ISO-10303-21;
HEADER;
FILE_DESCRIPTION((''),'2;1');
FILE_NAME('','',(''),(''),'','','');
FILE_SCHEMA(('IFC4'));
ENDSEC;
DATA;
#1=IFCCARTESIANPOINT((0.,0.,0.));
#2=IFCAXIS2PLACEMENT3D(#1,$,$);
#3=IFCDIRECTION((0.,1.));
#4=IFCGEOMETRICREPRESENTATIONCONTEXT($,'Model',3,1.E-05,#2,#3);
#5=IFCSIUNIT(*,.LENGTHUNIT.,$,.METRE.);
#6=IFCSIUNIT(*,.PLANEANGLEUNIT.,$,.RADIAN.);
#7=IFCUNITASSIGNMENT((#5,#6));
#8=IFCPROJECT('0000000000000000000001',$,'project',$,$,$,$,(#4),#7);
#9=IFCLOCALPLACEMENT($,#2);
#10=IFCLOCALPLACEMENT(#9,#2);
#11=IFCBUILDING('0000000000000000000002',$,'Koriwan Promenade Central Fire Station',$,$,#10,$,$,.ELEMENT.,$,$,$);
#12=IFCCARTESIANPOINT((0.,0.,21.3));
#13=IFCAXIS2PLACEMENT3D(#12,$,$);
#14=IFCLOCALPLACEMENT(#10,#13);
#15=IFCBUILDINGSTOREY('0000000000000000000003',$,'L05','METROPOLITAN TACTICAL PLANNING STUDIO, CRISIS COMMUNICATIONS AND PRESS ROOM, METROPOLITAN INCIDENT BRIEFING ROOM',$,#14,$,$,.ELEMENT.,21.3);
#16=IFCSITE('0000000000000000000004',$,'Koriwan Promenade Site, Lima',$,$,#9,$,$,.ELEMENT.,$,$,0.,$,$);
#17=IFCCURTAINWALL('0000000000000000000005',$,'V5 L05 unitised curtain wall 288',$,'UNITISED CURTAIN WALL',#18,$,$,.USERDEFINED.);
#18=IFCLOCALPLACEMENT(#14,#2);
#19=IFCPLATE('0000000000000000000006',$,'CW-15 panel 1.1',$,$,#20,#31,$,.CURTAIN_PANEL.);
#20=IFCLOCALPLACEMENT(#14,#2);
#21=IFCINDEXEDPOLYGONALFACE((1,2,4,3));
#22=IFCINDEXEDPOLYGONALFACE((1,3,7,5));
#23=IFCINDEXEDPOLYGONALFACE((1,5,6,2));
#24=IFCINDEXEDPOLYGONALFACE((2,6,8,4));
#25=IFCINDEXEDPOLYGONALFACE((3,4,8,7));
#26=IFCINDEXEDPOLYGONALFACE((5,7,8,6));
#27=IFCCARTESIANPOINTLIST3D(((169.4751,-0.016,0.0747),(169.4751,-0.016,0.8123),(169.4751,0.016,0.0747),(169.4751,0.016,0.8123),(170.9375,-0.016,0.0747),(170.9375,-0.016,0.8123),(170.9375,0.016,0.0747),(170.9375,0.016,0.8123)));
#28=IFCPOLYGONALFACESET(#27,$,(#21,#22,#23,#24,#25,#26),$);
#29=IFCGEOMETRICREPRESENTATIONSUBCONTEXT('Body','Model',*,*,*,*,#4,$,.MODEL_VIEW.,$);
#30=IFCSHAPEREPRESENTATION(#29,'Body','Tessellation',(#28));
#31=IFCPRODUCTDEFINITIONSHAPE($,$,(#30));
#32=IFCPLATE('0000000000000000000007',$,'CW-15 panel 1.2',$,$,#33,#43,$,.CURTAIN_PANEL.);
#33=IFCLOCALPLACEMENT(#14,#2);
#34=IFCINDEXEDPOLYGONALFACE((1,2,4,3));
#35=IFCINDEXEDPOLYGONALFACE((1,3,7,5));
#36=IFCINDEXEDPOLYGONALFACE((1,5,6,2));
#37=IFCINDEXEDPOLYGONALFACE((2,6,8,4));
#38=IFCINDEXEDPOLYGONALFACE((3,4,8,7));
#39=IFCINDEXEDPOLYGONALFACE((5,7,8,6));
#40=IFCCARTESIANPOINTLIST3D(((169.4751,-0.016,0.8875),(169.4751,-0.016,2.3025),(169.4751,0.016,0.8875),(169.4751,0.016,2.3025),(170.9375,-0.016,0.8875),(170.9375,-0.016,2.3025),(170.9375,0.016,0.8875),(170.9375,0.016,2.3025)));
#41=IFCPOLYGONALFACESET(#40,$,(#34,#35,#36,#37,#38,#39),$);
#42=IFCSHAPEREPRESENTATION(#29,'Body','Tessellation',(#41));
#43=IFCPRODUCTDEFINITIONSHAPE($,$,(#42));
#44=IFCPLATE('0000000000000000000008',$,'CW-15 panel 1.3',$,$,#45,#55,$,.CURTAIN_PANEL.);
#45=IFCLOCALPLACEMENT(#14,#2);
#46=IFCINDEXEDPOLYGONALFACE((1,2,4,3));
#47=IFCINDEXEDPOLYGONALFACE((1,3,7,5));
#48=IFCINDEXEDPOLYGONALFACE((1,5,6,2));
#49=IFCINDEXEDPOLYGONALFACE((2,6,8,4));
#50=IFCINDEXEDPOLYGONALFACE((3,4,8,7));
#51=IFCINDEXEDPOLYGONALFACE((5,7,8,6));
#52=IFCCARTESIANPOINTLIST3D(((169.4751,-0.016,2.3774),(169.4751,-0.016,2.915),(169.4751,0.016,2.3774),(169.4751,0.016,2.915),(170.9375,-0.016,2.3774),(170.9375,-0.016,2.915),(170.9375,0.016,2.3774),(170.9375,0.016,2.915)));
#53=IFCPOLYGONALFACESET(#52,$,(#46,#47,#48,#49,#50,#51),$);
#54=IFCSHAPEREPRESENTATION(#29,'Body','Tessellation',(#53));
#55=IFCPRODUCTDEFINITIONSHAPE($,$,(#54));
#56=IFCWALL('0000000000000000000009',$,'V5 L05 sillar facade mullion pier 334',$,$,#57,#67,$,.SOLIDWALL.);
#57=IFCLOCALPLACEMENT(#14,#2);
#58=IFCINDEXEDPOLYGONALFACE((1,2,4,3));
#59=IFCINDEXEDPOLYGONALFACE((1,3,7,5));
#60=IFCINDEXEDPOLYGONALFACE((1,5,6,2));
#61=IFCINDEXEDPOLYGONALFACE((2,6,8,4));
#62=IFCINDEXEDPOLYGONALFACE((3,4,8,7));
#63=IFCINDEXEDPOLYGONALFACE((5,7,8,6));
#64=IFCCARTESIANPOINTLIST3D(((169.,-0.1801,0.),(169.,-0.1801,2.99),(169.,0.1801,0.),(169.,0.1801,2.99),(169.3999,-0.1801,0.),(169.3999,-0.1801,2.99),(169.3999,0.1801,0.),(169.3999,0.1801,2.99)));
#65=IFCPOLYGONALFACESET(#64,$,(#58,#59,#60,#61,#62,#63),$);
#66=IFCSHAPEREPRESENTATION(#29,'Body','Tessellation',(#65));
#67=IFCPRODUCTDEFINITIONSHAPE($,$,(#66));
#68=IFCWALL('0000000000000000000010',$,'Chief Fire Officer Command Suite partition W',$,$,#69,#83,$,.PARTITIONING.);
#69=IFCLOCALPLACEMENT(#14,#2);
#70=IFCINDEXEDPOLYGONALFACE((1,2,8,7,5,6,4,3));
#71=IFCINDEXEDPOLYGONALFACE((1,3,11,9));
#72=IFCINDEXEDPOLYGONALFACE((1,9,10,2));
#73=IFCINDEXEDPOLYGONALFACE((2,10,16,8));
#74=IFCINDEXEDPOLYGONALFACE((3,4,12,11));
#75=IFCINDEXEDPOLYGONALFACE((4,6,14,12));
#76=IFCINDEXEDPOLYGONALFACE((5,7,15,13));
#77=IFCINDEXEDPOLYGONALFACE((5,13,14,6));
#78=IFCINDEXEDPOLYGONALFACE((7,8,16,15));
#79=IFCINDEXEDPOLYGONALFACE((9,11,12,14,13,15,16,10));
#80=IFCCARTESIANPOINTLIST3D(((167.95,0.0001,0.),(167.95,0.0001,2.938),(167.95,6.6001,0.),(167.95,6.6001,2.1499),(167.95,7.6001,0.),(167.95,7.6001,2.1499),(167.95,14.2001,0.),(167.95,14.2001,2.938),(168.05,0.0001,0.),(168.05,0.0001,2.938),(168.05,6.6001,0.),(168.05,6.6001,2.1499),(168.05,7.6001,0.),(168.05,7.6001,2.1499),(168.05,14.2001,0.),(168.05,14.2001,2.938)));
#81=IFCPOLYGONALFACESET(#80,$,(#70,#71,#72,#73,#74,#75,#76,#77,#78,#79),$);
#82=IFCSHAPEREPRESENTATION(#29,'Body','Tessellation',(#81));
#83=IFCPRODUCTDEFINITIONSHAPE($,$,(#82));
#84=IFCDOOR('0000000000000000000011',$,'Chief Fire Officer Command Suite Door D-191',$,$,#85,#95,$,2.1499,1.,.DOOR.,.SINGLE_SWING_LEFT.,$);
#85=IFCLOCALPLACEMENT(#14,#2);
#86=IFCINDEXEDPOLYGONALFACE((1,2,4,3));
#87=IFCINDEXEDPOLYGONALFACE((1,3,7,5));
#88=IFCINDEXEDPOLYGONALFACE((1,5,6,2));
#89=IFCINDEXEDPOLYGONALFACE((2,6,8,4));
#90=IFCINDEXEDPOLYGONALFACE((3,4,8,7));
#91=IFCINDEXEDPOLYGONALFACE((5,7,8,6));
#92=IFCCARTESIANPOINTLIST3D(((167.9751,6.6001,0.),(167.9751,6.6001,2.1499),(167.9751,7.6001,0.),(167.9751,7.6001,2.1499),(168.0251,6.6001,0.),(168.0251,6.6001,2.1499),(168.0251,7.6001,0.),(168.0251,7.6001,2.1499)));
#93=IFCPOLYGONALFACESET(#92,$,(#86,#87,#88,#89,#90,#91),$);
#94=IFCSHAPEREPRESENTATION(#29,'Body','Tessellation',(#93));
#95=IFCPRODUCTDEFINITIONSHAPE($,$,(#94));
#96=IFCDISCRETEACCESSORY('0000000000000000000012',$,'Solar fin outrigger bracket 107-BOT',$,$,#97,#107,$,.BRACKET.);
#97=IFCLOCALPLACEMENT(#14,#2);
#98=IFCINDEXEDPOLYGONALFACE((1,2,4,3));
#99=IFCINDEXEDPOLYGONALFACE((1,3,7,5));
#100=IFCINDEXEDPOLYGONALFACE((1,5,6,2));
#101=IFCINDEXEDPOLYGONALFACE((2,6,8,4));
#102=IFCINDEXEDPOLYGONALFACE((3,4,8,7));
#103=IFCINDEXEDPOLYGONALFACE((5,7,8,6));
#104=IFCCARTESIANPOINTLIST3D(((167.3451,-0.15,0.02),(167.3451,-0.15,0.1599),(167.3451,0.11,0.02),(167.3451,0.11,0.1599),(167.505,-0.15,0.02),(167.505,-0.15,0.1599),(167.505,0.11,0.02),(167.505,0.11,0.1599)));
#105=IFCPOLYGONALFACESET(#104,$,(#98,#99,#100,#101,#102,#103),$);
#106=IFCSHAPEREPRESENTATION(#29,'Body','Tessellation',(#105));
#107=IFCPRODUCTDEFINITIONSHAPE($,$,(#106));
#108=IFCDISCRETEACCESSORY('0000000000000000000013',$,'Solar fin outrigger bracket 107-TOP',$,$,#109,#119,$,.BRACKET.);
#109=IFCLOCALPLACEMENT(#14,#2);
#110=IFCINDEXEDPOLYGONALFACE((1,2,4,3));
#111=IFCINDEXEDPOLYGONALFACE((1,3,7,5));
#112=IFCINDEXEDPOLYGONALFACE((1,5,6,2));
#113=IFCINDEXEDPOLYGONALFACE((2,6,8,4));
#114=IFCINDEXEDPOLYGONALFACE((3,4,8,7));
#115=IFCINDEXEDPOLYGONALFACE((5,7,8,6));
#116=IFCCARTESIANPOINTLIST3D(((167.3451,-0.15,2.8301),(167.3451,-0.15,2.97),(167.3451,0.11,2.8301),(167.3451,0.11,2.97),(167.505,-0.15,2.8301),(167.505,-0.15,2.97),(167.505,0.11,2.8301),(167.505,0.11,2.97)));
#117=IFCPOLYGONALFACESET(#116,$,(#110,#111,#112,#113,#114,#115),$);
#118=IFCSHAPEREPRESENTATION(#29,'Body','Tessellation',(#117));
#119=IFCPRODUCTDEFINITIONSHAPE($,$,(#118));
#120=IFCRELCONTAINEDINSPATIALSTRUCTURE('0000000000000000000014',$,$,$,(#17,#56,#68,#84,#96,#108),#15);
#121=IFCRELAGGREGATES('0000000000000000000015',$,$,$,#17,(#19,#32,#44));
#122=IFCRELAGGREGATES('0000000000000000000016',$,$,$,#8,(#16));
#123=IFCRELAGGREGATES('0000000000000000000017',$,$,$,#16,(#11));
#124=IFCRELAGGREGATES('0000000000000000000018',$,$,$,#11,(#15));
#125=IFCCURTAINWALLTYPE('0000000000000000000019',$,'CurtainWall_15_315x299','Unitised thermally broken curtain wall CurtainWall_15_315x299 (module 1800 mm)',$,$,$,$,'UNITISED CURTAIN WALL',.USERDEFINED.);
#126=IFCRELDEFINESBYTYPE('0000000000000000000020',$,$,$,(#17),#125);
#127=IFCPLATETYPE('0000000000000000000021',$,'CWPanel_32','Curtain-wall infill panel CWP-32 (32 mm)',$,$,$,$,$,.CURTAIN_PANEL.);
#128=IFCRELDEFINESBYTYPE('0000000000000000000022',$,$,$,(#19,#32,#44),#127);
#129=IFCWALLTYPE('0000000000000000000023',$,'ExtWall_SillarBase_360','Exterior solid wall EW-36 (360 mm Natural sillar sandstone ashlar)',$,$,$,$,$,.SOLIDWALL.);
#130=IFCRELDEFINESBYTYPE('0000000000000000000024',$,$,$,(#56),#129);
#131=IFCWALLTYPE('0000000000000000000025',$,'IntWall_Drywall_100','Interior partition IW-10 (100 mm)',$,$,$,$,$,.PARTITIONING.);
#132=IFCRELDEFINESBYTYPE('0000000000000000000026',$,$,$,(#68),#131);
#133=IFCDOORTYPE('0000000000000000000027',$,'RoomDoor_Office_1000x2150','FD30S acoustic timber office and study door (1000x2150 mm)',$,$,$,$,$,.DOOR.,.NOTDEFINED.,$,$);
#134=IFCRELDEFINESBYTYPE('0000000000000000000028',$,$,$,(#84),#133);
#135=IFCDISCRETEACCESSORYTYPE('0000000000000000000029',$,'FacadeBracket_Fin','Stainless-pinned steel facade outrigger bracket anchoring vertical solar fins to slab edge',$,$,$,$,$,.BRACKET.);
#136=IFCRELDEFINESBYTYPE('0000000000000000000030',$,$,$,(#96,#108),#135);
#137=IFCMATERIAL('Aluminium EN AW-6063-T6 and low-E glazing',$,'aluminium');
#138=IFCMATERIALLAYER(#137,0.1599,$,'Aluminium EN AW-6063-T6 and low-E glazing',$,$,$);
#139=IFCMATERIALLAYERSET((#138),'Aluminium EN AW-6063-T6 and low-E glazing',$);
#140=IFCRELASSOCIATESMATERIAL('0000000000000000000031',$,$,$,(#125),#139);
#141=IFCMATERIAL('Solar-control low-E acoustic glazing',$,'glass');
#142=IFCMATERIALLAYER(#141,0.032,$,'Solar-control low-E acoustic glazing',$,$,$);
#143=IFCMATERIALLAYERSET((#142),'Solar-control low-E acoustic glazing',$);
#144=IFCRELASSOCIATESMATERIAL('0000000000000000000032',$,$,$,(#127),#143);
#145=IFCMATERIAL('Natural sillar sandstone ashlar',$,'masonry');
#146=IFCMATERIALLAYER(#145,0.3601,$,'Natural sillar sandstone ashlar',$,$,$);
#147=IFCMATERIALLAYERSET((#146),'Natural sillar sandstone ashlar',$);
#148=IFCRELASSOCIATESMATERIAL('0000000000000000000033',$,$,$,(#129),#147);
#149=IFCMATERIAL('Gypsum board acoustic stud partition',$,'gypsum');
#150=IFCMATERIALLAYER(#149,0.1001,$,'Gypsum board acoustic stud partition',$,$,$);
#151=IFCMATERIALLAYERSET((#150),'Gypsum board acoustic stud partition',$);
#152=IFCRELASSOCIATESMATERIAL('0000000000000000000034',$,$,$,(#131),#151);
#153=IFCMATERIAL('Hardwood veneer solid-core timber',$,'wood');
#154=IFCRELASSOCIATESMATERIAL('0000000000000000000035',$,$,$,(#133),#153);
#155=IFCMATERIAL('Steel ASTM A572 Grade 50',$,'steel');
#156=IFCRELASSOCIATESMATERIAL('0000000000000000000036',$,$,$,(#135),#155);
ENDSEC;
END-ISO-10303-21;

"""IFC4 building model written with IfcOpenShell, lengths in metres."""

from ifc_helpers import new_model, si_unit, direction, frame, frame_2d, origin, origin_2d, place, context, subcontext, project, spatial, rectangle, extrude, material, layer, layer_set, type_object, element, fill, aggregate, save


model = new_model("IFC4")

# Units and contexts
model_context = context("Model", 3, precision=1e-05, world=origin(), true_north=direction((0.0, 1.0)))
body_context = subcontext(model_context, "Body", "Model", "MODEL_VIEW")
ifc_project = project(units=[si_unit("LENGTHUNIT", "METRE"), si_unit("PLANEANGLEUNIT", "RADIAN")], contexts=[model_context])

# Site, building, storey
site_placement = place(None, origin())
site = spatial("IfcSite", under=ifc_project, at=site_placement, Name="Koriwan Promenade Site, Lima", CompositionType="ELEMENT", RefElevation=0.0)
building_placement = place(site_placement, origin())
building = spatial("IfcBuilding", under=site, at=building_placement, Name="Koriwan Promenade Central Fire Station", CompositionType="ELEMENT")
storey_placement = place(building_placement, frame((0.0, 0.0, 21.3)))
storey = spatial("IfcBuildingStorey", under=building, at=storey_placement, Name="L05", Description="METROPOLITAN TACTICAL PLANNING STUDIO, CRISIS COMMUNICATIONS AND PRESS ROOM, METROPOLITAN INCIDENT BRIEFING ROOM", CompositionType="ELEMENT", Elevation=21.3)

# Shared definitions
ifc_material_1 = material(Name="Aluminium EN AW-6063-T6 and low-E glazing", Category="aluminium")

# Curtain wall
ifc_layer_1 = layer(ifc_material_1, 0.1599, Name="Aluminium EN AW-6063-T6 and low-E glazing")
ifc_layer_set_1 = layer_set([ifc_layer_1], Name="Aluminium EN AW-6063-T6 and low-E glazing")
curtain_wall_type_1 = type_object("IfcCurtainWallType", Name="CurtainWall_15_315x299", Description="Unitised thermally broken curtain wall CurtainWall_15_315x299 (module 1800 mm)", ElementType="UNITISED CURTAIN WALL", PredefinedType="USERDEFINED", material=ifc_layer_set_1)
curtain_wall_1_placement = place(storey_placement, origin())
curtain_wall_1 = element("IfcCurtainWall", 1, at=curtain_wall_1_placement, inside=storey, type_object=curtain_wall_type_1, Name="V5 L05 unitised curtain wall 288", ObjectType="UNITISED CURTAIN WALL", PredefinedType="USERDEFINED")

# Plates
ifc_material_2 = material(Name="Solar-control low-E acoustic glazing", Category="glass")
ifc_layer_2 = layer(ifc_material_2, 0.032, Name="Solar-control low-E acoustic glazing")
ifc_layer_set_2 = layer_set([ifc_layer_2], Name="Solar-control low-E acoustic glazing")
plate_type = type_object("IfcPlateType", Name="CWPanel_32", Description="Curtain-wall infill panel CWP-32 (32 mm)", PredefinedType="CURTAIN_PANEL", material=ifc_layer_set_2)
plate_1_placement = place(storey_placement, frame((170.2063, 0.0, 0.0747), z_axis=(0.0, 0.0, 1.0), x_axis=(1.0, 0.0, 0.0)))
plate_1 = element("IfcPlate", 2, at=plate_1_placement, type_object=plate_type, Name="CW-15 panel 1.1", PredefinedType="CURTAIN_PANEL", context=body_context, shape_type="SweptSolid", body=[
    extrude(rectangle(XDim=1.4624, YDim=0.032, at=origin_2d()), origin(), (0.0, 0.0, 1.0), 0.7375),
])
plate_2_placement = place(storey_placement, frame((170.2063, 0.0, 0.8875), z_axis=(0.0, 0.0, 1.0), x_axis=(1.0, 0.0, 0.0)))
plate_2 = element("IfcPlate", 3, at=plate_2_placement, type_object=plate_type, Name="CW-15 panel 1.2", PredefinedType="CURTAIN_PANEL", context=body_context, shape_type="SweptSolid", body=[
    extrude(rectangle(XDim=1.4624, YDim=0.032, at=origin_2d()), origin(), (0.0, 0.0, 1.0), 1.415),
])
plate_3_placement = place(storey_placement, frame((170.2063, 0.0, 2.3774), z_axis=(0.0, 0.0, 1.0), x_axis=(1.0, 0.0, 0.0)))
plate_3 = element("IfcPlate", 4, at=plate_3_placement, type_object=plate_type, Name="CW-15 panel 1.3", PredefinedType="CURTAIN_PANEL", context=body_context, shape_type="SweptSolid", body=[
    extrude(rectangle(XDim=1.4624, YDim=0.032, at=origin_2d()), origin(), (0.0, 0.0, 1.0), 0.5376),
])
aggregate(curtain_wall_1, [plate_1, plate_2, plate_3])

# Wall
ifc_material_3 = material(Name="Natural sillar sandstone ashlar", Category="masonry")
ifc_layer_3 = layer(ifc_material_3, 0.3601, Name="Natural sillar sandstone ashlar")
ifc_layer_set_3 = layer_set([ifc_layer_3], Name="Natural sillar sandstone ashlar")
wall_type_1 = type_object("IfcWallType", Name="ExtWall_SillarBase_360", Description="Exterior solid wall EW-36 (360 mm Natural sillar sandstone ashlar)", PredefinedType="SOLIDWALL", material=ifc_layer_set_3)
wall_1_placement = place(storey_placement, frame((169.0, 0.0, 0.0), z_axis=(0.0, 0.0, 1.0), x_axis=(1.0, 0.0, 0.0)))
element("IfcWall", 5, at=wall_1_placement, inside=storey, type_object=wall_type_1, Name="V5 L05 sillar facade mullion pier 334", PredefinedType="SOLIDWALL", context=body_context, shape_type="SweptSolid", body=[
    extrude(rectangle(XDim=0.3999, YDim=0.3601, at=frame_2d((0.2, 0.0))), origin(), (0.0, 0.0, 1.0), 2.99),
])

# Wall, opening, door
ifc_material_4 = material(Name="Gypsum board acoustic stud partition", Category="gypsum")
ifc_layer_4 = layer(ifc_material_4, 0.1001, Name="Gypsum board acoustic stud partition")
ifc_layer_set_4 = layer_set([ifc_layer_4], Name="Gypsum board acoustic stud partition")
wall_type_2 = type_object("IfcWallType", Name="IntWall_Drywall_100", Description="Interior partition IW-10 (100 mm)", PredefinedType="PARTITIONING", material=ifc_layer_set_4)
wall_2_placement = place(storey_placement, frame((168.0, 0.0, 0.0), z_axis=(0.0, 0.0, 1.0), x_axis=(0.0, 1.0, 0.0)))
wall_2 = element("IfcWall", 6, at=wall_2_placement, inside=storey, type_object=wall_type_2, Name="Chief Fire Officer Command Suite partition W", PredefinedType="PARTITIONING", context=body_context, shape_type="SweptSolid", body=[
    extrude(rectangle(XDim=14.2, YDim=0.1001, at=frame_2d((7.1001, 0.0))), origin(), (0.0, 0.0, 1.0), 2.938),
])
opening_placement = place(wall_2_placement, frame((6.6001, 0.0, 0.0)))
opening = element("IfcOpeningElement", 7, at=opening_placement, cuts=wall_2, PredefinedType="OPENING", context=body_context, shape_type="SweptSolid", body=[
    extrude(rectangle(XDim=1.0, YDim=2.1499, at=frame_2d((0.5, 1.075))), frame((0.0, 0.062, 0.0), z_axis=(0.0, -1.0, 0.0), x_axis=(1.0, 0.0, 0.0)), (0.0, 0.0, 1.0), 0.124),
])
ifc_material_5 = material(Name="Hardwood veneer solid-core timber", Category="wood")
door_type = type_object("IfcDoorType", Name="RoomDoor_Office_1000x2150", Description="FD30S acoustic timber office and study door (1000x2150 mm)", OperationType="NOTDEFINED", PredefinedType="DOOR", material=ifc_material_5)
door_placement = place(opening_placement, origin())
door = element("IfcDoor", 8, at=door_placement, inside=storey, type_object=door_type, Name="Chief Fire Officer Command Suite Door D-191", OperationType="SINGLE_SWING_LEFT", OverallHeight=2.1499, OverallWidth=1.0, PredefinedType="DOOR", context=body_context, shape_type="SweptSolid", body=[
    extrude(rectangle(XDim=1.0, YDim=2.1499, at=frame_2d((0.5, 1.075))), frame((0.0, 0.0249, 0.0), z_axis=(0.0, -1.0, 0.0), x_axis=(1.0, 0.0, 0.0)), (0.0, 0.0, 1.0), 0.05),
])
fill(opening, door)

# Discrete accessories
ifc_material_6 = material(Name="Steel ASTM A572 Grade 50", Category="steel")
discrete_accessory_type = type_object("IfcDiscreteAccessoryType", Name="FacadeBracket_Fin", Description="Stainless-pinned steel facade outrigger bracket anchoring vertical solar fins to slab edge", PredefinedType="BRACKET", material=ifc_material_6)
for number, where, z_axis, x_axis, name in (
    (9, (167.425, -0.02, 0.02), (0.0, 0.0, 1.0), (0.0, -1.0, 0.0), "Solar fin outrigger bracket 107-BOT"),
    (10, (167.425, -0.02, 2.8301), (0.0, 0.0, 1.0), (0.0, -1.0, 0.0), "Solar fin outrigger bracket 107-TOP"),
):
    element("IfcDiscreteAccessory", number, at=place(storey_placement, frame(where, z_axis=z_axis, x_axis=x_axis)), inside=storey, type_object=discrete_accessory_type, Name=name, PredefinedType="BRACKET", context=body_context, shape_type="SweptSolid", body=[
        extrude(rectangle(XDim=0.26, YDim=0.1599, at=origin_2d()), origin(), (0.0, 0.0, 1.0), 0.1399),
    ])

save(model, "model.ifc")
